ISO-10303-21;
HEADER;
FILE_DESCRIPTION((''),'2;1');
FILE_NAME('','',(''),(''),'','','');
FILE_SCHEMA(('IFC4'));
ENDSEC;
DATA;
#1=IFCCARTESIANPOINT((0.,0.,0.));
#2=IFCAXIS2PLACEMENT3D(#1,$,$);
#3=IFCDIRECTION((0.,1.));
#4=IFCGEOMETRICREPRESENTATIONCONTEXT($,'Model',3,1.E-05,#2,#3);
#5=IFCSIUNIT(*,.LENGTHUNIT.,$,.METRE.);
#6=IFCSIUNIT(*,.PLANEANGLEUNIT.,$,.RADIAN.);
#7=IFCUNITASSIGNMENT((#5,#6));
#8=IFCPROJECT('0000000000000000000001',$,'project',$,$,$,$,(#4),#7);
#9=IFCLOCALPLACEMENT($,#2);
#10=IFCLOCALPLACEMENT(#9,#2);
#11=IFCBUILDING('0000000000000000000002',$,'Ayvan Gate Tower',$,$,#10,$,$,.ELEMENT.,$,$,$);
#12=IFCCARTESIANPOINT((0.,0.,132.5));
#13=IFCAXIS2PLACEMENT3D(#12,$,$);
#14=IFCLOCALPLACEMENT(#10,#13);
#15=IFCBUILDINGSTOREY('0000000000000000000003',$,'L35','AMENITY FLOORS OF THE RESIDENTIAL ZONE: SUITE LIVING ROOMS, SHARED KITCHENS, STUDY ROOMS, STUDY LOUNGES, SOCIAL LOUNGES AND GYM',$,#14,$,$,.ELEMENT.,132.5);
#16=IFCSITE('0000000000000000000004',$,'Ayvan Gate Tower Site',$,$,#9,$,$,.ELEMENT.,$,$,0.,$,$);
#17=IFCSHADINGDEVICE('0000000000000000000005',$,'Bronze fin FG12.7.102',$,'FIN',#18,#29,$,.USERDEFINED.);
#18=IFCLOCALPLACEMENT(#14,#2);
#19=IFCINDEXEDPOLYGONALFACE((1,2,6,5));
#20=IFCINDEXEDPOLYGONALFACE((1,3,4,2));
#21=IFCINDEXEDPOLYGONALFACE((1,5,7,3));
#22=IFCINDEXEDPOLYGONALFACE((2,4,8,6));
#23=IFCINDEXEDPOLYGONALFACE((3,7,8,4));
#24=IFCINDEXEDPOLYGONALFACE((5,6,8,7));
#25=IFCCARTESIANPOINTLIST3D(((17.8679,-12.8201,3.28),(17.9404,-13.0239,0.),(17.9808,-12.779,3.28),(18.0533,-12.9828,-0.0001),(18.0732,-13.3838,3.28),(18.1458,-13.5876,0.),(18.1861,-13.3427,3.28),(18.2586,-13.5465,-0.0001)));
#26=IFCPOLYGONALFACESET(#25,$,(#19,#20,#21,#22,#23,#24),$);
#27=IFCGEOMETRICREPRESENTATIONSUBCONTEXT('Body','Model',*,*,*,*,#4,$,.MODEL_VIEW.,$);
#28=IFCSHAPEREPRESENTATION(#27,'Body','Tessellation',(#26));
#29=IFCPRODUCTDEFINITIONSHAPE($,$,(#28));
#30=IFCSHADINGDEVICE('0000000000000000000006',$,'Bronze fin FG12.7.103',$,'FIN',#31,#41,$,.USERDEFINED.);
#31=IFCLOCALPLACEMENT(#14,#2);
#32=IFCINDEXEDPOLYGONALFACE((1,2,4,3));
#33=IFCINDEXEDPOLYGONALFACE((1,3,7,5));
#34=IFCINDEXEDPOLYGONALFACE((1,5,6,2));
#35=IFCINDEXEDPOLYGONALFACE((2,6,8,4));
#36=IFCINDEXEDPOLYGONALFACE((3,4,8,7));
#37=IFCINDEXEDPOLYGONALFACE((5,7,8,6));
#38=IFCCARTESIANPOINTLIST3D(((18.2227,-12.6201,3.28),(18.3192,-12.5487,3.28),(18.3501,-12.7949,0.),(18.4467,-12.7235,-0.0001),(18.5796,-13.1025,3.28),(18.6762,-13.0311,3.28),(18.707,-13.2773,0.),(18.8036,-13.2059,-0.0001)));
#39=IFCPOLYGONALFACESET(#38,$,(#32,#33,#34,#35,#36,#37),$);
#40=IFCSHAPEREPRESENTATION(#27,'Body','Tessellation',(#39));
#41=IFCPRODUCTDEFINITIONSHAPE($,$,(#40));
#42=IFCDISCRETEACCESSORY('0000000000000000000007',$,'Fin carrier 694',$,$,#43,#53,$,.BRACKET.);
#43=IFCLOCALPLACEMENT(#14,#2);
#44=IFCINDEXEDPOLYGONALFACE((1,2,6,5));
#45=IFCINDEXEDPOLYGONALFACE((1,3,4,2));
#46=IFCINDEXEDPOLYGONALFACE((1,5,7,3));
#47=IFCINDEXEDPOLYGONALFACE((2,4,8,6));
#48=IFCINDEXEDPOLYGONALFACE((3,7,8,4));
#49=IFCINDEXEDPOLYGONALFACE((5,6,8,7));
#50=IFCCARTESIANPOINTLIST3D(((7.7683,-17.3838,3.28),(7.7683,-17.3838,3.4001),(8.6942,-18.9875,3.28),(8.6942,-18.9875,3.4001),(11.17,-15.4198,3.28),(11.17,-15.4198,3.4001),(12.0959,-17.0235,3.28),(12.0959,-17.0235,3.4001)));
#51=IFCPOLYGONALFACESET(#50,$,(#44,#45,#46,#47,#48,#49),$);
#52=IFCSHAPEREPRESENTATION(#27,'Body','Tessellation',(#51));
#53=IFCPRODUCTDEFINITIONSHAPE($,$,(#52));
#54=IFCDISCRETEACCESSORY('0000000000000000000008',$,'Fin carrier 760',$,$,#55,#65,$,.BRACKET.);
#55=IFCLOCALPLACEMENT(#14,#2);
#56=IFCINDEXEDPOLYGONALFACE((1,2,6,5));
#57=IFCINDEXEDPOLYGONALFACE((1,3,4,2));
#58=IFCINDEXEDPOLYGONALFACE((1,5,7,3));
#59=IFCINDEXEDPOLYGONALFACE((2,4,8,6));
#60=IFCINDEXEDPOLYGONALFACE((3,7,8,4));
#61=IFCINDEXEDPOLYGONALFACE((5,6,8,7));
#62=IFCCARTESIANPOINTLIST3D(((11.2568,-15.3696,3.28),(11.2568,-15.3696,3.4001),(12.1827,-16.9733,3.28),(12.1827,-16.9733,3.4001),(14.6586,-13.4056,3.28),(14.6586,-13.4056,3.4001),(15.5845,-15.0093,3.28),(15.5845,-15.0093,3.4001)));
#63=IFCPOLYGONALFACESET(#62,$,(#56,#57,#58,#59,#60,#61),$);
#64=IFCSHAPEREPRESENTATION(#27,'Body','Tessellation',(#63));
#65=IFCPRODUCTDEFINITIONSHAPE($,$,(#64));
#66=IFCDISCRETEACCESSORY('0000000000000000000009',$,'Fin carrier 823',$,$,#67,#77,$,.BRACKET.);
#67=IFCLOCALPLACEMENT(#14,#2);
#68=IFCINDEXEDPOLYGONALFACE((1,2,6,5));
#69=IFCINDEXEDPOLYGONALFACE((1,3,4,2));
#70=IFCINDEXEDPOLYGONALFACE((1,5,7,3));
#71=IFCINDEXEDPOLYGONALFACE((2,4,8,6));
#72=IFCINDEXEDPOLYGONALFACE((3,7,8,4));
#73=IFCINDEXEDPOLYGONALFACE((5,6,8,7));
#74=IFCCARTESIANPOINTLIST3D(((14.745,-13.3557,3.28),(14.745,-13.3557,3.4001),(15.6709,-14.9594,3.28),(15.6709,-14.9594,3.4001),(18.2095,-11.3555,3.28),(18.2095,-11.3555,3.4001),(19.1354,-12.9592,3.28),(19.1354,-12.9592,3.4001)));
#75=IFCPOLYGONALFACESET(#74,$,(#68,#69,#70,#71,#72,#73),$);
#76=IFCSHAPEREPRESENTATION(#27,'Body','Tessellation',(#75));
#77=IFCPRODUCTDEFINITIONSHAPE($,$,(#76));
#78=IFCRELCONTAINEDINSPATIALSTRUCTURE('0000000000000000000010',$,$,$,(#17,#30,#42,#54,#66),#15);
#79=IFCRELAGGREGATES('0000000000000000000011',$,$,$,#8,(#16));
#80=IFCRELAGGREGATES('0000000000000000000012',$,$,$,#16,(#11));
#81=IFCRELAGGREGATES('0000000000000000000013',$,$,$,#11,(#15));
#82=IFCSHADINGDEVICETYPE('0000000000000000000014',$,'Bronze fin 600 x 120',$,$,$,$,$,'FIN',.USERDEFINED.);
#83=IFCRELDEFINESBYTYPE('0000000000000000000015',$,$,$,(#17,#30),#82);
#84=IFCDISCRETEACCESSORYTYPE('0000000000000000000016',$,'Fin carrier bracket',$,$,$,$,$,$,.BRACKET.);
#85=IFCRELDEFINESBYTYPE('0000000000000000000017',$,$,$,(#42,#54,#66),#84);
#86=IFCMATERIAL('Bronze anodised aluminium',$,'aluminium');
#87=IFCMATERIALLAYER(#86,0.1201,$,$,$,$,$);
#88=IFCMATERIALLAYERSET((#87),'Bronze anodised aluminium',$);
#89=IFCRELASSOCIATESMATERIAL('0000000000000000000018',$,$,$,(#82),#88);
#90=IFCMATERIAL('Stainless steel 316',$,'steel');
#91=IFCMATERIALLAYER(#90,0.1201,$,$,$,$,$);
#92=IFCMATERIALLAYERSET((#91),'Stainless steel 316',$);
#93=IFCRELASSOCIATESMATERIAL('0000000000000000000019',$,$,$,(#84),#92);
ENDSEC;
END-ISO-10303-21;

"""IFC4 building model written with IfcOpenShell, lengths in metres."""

from ifc_helpers import new_model, si_unit, direction, frame, origin, origin_2d, place, context, subcontext, project, spatial, polyline, rectangle, outline, extrude, material, layer, layer_set, type_object, element, save


model = new_model("IFC4")

# Units and contexts
model_context = context("Model", 3, precision=1e-05, world=origin(), true_north=direction((0.0, 1.0)))
body_context = subcontext(model_context, "Body", "Model", "MODEL_VIEW")
ifc_project = project(units=[si_unit("LENGTHUNIT", "METRE"), si_unit("PLANEANGLEUNIT", "RADIAN")], contexts=[model_context])

# Site, building, storey
site_placement = place(None, origin())
site = spatial("IfcSite", under=ifc_project, at=site_placement, Name="Ayvan Gate Tower Site", CompositionType="ELEMENT", RefElevation=0.0)
building_placement = place(site_placement, origin())
building = spatial("IfcBuilding", under=site, at=building_placement, Name="Ayvan Gate Tower", CompositionType="ELEMENT")
storey_placement = place(building_placement, frame((0.0, 0.0, 132.5)))
storey = spatial("IfcBuildingStorey", under=building, at=storey_placement, Name="L35", Description="AMENITY FLOORS OF THE RESIDENTIAL ZONE: SUITE LIVING ROOMS, SHARED KITCHENS, STUDY ROOMS, STUDY LOUNGES, SOCIAL LOUNGES AND GYM", CompositionType="ELEMENT", Elevation=132.5)

# Shared definitions
ifc_material_1 = material(Name="Bronze anodised aluminium", Category="aluminium")

# Shading devices
ifc_layer_1 = layer(ifc_material_1, 0.1201)
ifc_layer_set_1 = layer_set([ifc_layer_1], Name="Bronze anodised aluminium")
shading_device_type = type_object("IfcShadingDeviceType", Name="Bronze fin 600 x 120", ElementType="FIN", PredefinedType="USERDEFINED", material=ifc_layer_set_1)
shading_device_1_placement = place(storey_placement, frame((17.9404, -13.0239, 0.0), z_axis=(-0.939615, -0.342233, 0.000499), x_axis=(0.342233, -0.939615, 0.0)))
element("IfcShadingDevice", 1, at=shading_device_1_placement, inside=storey, type_object=shading_device_type, Name="Bronze fin FG12.7.102", ObjectType="FIN", PredefinedType="USERDEFINED", context=body_context, shape_type="SweptSolid", body=[
    extrude(outline(polyline([(0.0, 0.0), (0.5999, 0.0), (0.3836, 3.28), (-0.2164, 3.28), (0.0, 0.0)])), origin(), (0.0, 0.0, -1.0), 0.1201),
])
shading_device_2_placement = place(storey_placement, frame((18.3501, -12.7949, 0.0), z_axis=(-0.803888, -0.59478, 0.000464), x_axis=(0.59478, -0.803889, 0.0)))
element("IfcShadingDevice", 2, at=shading_device_2_placement, inside=storey, type_object=shading_device_type, Name="Bronze fin FG12.7.103", ObjectType="FIN", PredefinedType="USERDEFINED", context=body_context, shape_type="SweptSolid", body=[
    extrude(outline(polyline([(0.0, 0.0), (0.6001, 0.0), (0.3838, 3.28), (-0.2163, 3.28), (0.0, 0.0)])), origin(), (0.0, 0.0, -1.0), 0.1201),
])

# Discrete accessories
ifc_material_2 = material(Name="Stainless steel 316", Category="steel")
ifc_layer_2 = layer(ifc_material_2, 0.1201)
ifc_layer_set_2 = layer_set([ifc_layer_2], Name="Stainless steel 316")
discrete_accessory_type = type_object("IfcDiscreteAccessoryType", Name="Fin carrier bracket", PredefinedType="BRACKET", material=ifc_layer_set_2)
for number, where, z_axis, x_axis, name in (
    (3, (9.9321, -17.2036, 3.28), (0.0, 0.0, 1.0), (0.866025, 0.5, 0.0), "Fin carrier 694"),
    (4, (13.4207, -15.1895, 3.28), (0.0, 0.0, 1.0), (0.866025, 0.5, 0.0), "Fin carrier 760"),
):
    element("IfcDiscreteAccessory", number, at=place(storey_placement, frame(where, z_axis=z_axis, x_axis=x_axis)), inside=storey, type_object=discrete_accessory_type, Name=name, PredefinedType="BRACKET", context=body_context, shape_type="SweptSolid", body=[
        extrude(rectangle(XDim=3.928, YDim=1.8518, at=origin_2d()), origin(), (0.0, 0.0, 1.0), 0.1201),
    ])
discrete_accessory_placement = place(storey_placement, frame((16.9402, -13.1575, 3.28), z_axis=(0.0, 0.0, 1.0), x_axis=(0.866025, 0.5, 0.0)))
element("IfcDiscreteAccessory", 5, at=discrete_accessory_placement, inside=storey, type_object=discrete_accessory_type, Name="Fin carrier 823", PredefinedType="BRACKET", context=body_context, shape_type="SweptSolid", body=[
    extrude(rectangle(XDim=4.0005, YDim=1.8518, at=origin_2d()), origin(), (0.0, 0.0, 1.0), 0.1201),
])

save(model, "model.ifc")
